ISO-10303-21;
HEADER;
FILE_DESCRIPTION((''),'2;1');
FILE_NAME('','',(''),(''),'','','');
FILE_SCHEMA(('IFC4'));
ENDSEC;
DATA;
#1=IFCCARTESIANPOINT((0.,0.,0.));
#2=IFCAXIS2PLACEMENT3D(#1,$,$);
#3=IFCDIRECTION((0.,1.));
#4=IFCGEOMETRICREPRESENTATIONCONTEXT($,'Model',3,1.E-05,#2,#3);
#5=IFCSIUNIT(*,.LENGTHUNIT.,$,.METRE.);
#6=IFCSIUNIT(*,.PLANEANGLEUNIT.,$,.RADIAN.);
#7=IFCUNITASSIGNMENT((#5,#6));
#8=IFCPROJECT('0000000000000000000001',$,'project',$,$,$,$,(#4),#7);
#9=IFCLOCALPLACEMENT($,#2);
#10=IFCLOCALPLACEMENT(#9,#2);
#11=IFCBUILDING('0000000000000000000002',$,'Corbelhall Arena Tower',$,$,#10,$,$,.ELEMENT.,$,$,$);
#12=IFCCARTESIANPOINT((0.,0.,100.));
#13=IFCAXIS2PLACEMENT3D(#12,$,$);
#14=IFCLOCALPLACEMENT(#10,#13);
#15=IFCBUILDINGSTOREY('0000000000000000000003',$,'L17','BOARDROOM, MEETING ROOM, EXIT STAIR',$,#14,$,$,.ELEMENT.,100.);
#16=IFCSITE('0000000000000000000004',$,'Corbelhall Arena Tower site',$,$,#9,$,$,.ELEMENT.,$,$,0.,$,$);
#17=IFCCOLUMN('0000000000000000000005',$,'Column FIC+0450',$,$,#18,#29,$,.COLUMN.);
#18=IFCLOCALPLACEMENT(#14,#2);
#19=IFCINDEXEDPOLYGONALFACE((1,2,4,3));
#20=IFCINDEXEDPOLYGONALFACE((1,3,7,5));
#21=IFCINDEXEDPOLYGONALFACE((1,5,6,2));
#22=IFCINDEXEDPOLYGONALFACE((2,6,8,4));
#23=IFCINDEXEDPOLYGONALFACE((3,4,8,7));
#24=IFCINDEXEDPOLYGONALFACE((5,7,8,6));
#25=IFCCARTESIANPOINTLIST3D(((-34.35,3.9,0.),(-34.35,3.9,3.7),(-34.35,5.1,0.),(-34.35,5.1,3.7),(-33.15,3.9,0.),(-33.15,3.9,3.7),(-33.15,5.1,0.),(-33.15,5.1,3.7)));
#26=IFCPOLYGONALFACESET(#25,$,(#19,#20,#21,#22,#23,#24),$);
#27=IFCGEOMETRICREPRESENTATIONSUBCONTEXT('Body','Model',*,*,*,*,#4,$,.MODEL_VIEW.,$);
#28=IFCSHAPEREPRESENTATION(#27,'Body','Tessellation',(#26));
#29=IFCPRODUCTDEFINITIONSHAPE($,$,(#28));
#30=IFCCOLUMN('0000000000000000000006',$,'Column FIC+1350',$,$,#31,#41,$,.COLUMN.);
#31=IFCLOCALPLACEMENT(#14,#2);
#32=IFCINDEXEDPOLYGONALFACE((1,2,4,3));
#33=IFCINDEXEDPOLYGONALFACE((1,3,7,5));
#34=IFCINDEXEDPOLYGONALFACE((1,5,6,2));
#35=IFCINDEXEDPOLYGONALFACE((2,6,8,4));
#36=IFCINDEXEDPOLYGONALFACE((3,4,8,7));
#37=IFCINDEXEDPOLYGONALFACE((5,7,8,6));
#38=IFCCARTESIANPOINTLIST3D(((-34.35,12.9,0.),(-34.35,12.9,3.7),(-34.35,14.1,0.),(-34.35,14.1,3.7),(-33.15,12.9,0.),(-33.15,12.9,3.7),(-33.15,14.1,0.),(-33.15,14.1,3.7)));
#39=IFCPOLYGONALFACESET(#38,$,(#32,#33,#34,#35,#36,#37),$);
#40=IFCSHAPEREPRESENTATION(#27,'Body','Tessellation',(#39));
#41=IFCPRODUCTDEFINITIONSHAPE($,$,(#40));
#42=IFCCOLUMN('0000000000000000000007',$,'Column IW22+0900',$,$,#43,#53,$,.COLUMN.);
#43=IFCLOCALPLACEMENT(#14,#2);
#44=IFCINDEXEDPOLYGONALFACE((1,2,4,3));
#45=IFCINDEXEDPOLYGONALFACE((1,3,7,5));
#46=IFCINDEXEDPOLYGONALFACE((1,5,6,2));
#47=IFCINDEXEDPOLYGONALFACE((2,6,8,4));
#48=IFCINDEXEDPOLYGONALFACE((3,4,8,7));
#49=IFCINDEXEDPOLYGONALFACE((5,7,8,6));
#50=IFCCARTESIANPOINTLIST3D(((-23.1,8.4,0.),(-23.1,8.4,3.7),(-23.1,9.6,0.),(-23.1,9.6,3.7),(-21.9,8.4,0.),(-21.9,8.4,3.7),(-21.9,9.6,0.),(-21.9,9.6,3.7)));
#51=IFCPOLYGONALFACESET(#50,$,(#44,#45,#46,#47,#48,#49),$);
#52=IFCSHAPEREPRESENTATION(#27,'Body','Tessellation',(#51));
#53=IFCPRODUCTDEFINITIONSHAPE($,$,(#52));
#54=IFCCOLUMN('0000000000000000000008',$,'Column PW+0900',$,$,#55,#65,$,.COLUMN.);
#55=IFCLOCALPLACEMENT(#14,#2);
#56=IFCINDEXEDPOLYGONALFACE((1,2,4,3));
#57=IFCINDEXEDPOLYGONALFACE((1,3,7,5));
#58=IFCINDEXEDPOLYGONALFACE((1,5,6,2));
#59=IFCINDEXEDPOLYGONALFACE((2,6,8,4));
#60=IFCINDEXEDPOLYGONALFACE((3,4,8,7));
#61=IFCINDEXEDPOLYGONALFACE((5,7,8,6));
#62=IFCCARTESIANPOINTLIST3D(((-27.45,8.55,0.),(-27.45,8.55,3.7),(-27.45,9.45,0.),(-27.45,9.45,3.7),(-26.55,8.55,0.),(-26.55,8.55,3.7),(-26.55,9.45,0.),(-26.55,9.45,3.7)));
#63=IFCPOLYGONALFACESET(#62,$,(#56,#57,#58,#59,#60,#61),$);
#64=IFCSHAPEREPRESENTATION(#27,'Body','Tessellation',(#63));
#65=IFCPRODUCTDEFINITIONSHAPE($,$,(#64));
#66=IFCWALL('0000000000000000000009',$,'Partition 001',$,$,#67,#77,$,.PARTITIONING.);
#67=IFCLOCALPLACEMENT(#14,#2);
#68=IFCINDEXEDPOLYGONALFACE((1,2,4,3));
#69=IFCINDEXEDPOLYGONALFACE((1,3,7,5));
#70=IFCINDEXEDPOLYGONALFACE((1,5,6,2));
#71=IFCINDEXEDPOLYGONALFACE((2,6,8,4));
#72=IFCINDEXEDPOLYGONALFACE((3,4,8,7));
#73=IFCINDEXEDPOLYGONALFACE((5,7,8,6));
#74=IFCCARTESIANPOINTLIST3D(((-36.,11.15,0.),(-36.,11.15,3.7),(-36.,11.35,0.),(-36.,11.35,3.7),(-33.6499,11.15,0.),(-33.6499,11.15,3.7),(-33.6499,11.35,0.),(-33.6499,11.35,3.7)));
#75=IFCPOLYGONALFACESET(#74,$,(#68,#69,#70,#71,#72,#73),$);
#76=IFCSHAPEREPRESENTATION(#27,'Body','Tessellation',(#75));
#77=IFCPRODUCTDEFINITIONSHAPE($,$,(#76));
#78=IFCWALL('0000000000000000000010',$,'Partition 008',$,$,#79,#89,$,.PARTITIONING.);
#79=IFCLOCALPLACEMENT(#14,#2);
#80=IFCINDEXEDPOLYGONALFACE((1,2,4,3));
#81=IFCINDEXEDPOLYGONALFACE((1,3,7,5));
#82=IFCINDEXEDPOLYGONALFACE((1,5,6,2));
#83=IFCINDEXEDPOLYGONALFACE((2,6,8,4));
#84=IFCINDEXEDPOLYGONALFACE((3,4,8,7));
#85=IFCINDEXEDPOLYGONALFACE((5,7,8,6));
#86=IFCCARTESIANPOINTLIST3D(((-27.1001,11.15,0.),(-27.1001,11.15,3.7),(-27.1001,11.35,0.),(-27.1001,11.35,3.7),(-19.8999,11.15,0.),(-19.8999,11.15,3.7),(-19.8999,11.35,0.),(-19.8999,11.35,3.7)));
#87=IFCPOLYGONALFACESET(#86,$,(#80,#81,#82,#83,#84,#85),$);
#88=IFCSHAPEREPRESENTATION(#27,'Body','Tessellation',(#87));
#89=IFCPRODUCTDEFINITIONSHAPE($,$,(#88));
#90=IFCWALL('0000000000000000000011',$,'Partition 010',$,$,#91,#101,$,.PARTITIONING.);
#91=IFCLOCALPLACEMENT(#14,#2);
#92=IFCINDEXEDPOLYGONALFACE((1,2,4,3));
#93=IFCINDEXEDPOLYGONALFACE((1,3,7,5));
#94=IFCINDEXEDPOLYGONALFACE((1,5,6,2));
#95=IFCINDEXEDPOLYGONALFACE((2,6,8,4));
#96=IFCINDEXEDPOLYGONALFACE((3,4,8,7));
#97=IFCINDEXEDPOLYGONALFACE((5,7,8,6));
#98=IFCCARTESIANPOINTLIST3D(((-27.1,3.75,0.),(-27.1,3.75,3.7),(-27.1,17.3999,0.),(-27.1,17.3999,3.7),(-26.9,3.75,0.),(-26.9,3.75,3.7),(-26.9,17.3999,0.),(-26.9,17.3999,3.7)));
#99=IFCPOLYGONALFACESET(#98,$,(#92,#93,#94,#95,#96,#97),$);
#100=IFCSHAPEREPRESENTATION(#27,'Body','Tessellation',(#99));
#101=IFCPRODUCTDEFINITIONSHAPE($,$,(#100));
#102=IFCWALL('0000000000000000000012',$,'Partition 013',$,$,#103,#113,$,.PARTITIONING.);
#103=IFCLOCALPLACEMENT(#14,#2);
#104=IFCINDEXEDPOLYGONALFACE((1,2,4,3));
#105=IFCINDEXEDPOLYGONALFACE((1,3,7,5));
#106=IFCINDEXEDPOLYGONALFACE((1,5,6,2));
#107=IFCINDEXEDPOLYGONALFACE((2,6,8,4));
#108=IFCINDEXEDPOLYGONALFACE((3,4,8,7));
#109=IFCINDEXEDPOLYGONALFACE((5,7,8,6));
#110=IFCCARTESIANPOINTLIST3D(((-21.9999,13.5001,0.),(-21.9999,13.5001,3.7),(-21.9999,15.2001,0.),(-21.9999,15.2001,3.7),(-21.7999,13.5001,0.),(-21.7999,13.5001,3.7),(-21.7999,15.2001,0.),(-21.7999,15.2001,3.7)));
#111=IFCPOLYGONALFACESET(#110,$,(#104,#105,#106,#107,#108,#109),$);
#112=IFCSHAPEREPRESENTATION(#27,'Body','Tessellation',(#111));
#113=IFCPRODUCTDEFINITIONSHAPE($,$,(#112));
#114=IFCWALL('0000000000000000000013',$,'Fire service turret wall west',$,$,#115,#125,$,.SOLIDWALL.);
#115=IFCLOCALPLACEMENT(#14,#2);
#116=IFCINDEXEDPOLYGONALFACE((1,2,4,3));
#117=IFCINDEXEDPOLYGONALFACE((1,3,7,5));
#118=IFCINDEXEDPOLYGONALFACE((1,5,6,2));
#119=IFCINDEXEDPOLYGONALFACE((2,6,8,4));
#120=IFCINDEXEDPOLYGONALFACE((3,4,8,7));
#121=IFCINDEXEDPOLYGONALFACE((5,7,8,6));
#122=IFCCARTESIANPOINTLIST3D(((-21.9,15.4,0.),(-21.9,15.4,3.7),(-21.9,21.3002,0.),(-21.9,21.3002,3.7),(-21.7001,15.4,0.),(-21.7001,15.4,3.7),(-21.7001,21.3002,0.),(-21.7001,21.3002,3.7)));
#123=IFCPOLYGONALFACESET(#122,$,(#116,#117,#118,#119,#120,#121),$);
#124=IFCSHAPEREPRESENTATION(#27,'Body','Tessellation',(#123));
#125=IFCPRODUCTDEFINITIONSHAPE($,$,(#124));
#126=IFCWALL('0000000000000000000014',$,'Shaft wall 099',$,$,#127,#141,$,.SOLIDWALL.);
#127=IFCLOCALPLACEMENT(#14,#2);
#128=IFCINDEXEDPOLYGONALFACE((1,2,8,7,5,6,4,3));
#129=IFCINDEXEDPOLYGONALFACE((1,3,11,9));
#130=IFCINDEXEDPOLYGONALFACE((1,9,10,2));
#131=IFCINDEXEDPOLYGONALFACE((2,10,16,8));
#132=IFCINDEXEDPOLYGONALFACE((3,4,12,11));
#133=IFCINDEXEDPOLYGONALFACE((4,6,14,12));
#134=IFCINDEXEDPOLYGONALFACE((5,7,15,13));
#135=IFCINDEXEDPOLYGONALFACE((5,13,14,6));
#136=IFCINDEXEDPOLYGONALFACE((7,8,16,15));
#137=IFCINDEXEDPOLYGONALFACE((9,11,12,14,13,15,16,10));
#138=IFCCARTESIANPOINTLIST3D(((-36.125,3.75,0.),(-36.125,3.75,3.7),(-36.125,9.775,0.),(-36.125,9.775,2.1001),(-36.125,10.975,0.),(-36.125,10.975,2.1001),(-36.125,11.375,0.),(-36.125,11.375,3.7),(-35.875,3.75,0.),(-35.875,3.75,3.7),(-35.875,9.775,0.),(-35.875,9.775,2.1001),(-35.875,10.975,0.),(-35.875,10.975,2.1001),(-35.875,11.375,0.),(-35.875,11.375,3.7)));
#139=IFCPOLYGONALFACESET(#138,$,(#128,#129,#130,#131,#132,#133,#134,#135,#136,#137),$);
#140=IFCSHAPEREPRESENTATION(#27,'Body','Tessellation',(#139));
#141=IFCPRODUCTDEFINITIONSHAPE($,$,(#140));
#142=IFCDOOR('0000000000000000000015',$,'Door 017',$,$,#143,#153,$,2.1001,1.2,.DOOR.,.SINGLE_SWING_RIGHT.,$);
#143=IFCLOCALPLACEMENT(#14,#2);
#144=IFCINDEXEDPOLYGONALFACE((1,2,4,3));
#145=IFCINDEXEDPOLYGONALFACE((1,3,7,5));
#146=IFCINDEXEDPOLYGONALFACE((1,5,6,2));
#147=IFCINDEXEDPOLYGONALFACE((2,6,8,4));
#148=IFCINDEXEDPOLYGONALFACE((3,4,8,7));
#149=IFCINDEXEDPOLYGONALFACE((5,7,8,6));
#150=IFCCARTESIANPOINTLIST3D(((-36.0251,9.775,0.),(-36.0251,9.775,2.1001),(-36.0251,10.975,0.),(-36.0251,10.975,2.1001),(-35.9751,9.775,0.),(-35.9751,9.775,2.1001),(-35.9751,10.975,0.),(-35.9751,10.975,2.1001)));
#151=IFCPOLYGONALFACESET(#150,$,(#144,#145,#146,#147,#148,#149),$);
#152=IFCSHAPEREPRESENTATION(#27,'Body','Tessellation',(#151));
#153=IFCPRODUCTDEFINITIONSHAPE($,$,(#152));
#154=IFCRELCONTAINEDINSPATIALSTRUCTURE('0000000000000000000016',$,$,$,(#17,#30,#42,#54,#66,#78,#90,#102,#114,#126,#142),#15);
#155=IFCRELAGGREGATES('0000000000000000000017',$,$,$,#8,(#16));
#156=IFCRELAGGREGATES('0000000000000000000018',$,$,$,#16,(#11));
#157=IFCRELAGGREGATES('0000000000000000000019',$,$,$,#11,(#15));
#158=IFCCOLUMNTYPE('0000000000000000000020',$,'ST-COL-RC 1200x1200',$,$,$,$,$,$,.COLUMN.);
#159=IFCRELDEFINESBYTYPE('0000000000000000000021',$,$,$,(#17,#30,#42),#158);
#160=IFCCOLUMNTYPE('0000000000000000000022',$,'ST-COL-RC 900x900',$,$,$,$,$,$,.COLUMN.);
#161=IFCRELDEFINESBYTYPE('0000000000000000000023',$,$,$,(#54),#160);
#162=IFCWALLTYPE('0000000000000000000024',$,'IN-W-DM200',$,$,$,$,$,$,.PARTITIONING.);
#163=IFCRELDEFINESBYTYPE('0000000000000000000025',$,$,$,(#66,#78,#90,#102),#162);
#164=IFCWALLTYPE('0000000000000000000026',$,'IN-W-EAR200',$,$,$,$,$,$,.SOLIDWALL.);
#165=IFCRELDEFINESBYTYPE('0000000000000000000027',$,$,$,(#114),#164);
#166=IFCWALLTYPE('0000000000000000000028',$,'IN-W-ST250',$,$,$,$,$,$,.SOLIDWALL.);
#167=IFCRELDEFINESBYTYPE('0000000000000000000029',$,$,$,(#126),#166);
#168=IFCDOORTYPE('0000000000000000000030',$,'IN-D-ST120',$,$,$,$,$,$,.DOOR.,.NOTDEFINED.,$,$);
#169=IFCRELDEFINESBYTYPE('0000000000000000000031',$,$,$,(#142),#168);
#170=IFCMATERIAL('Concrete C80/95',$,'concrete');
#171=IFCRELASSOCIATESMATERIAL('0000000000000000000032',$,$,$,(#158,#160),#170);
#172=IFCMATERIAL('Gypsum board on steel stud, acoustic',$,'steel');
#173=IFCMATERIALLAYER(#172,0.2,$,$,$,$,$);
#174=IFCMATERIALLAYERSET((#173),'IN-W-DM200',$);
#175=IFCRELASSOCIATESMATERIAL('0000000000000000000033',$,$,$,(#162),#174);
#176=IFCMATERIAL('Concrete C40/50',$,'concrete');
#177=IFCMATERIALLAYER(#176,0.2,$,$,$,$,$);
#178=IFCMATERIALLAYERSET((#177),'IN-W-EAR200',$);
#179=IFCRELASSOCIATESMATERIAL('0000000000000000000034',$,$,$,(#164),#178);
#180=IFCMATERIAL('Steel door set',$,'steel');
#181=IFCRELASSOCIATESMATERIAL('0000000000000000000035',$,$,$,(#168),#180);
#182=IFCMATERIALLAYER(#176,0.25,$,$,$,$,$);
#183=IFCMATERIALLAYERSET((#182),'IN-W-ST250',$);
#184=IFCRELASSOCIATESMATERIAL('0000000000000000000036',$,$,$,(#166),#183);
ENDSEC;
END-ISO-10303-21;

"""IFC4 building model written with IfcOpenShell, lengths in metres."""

from ifc_helpers import new_model, si_unit, direction, frame, frame_2d, origin, origin_2d, place, context, subcontext, project, spatial, rectangle, extrude, material, layer, layer_set, material_profile, profile_set, type_object, element, fill, save


model = new_model("IFC4")

# Units and contexts
model_context = context("Model", 3, precision=1e-05, world=origin(), true_north=direction((0.0, 1.0)))
body_context = subcontext(model_context, "Body", "Model", "MODEL_VIEW")
ifc_project = project(units=[si_unit("LENGTHUNIT", "METRE"), si_unit("PLANEANGLEUNIT", "RADIAN")], contexts=[model_context])

# Site, building, storey
site_placement = place(None, origin())
site = spatial("IfcSite", under=ifc_project, at=site_placement, Name="Corbelhall Arena Tower site", CompositionType="ELEMENT", RefElevation=0.0)
building_placement = place(site_placement, origin())
building = spatial("IfcBuilding", under=site, at=building_placement, Name="Corbelhall Arena Tower", CompositionType="ELEMENT")
storey_placement = place(building_placement, frame((0.0, 0.0, 100.0)))
storey = spatial("IfcBuildingStorey", under=building, at=storey_placement, Name="L17", Description="BOARDROOM, MEETING ROOM, EXIT STAIR", CompositionType="ELEMENT", Elevation=100.0)

# Columns
ifc_material_1 = material(Name="Concrete C80/95", Category="concrete")
ifc_material_profile_1 = material_profile(ifc_material_1, rectangle(XDim=1.2, YDim=1.2, at=origin_2d()))
ifc_profile_set_1 = profile_set([ifc_material_profile_1], Name="Concrete C80/95")
column_type_1 = type_object("IfcColumnType", Name="ST-COL-RC 1200x1200", PredefinedType="COLUMN", material=ifc_profile_set_1)
for number, where, z_axis, x_axis, name in (
    (1, (-33.75, 4.5, 0.0), (0.0, 0.0, 1.0), (1.0, 0.0, 0.0), "Column FIC+0450"),
    (2, (-33.75, 13.5, 0.0), (0.0, 0.0, 1.0), (1.0, 0.0, 0.0), "Column FIC+1350"),
    (3, (-22.5, 9.0, 0.0), (0.0, 0.0, 1.0), (1.0, 0.0, 0.0), "Column IW22+0900"),
):
    element("IfcColumn", number, at=place(storey_placement, frame(where, z_axis=z_axis, x_axis=x_axis)), inside=storey, type_object=column_type_1, Name=name, PredefinedType="COLUMN", context=body_context, shape_type="SweptSolid", body=[
        extrude(rectangle(XDim=1.2, YDim=1.2, at=origin_2d()), origin(), (0.0, 0.0, 1.0), 3.7),
    ])
ifc_material_profile_2 = material_profile(ifc_material_1, rectangle(XDim=0.8999, YDim=0.8999, at=origin_2d()))
ifc_profile_set_2 = profile_set([ifc_material_profile_2], Name="Concrete C80/95")
column_type_2 = type_object("IfcColumnType", Name="ST-COL-RC 900x900", PredefinedType="COLUMN", material=ifc_profile_set_2)
column_placement = place(storey_placement, frame((-27.0, 9.0, 0.0), z_axis=(0.0, 0.0, 1.0), x_axis=(1.0, 0.0, 0.0)))
element("IfcColumn", 4, at=column_placement, inside=storey, type_object=column_type_2, Name="Column PW+0900", PredefinedType="COLUMN", context=body_context, shape_type="SweptSolid", body=[
    extrude(rectangle(XDim=0.8999, YDim=0.8999, at=origin_2d()), origin(), (0.0, 0.0, 1.0), 3.7),
])

# Wall
ifc_material_2 = material(Name="Gypsum board on steel stud, acoustic", Category="steel")
ifc_layer_1 = layer(ifc_material_2, 0.2)
ifc_layer_set_1 = layer_set([ifc_layer_1], Name="IN-W-DM200")
wall_type_1 = type_object("IfcWallType", Name="IN-W-DM200", PredefinedType="PARTITIONING", material=ifc_layer_set_1)
wall_1_placement = place(storey_placement, frame((-36.0, 11.25, 0.0), z_axis=(0.0, 0.0, 1.0), x_axis=(1.0, 0.0, 0.0)))
element("IfcWall", 5, at=wall_1_placement, inside=storey, type_object=wall_type_1, Name="Partition 001", PredefinedType="PARTITIONING", context=body_context, shape_type="SweptSolid", body=[
    extrude(rectangle(XDim=2.3501, YDim=0.2, at=frame_2d((1.175, 0.0))), origin(), (0.0, 0.0, 1.0), 3.7),
])

# Shared definitions
ifc_material_3 = material(Name="Steel door set", Category="steel")

# Walls
wall_2_placement = place(storey_placement, frame((-27.1001, 11.25, 0.0), z_axis=(0.0, 0.0, 1.0), x_axis=(1.0, 0.0, 0.0)))
element("IfcWall", 6, at=wall_2_placement, inside=storey, type_object=wall_type_1, Name="Partition 008", PredefinedType="PARTITIONING", context=body_context, shape_type="SweptSolid", body=[
    extrude(rectangle(XDim=7.2002, YDim=0.2, at=frame_2d((3.6001, 0.0))), origin(), (0.0, 0.0, 1.0), 3.7),
])
wall_3_placement = place(storey_placement, frame((-27.0, 3.75, 0.0), z_axis=(0.0, 0.0, 1.0), x_axis=(0.0, 1.0, 0.0)))
element("IfcWall", 7, at=wall_3_placement, inside=storey, type_object=wall_type_1, Name="Partition 010", PredefinedType="PARTITIONING", context=body_context, shape_type="SweptSolid", body=[
    extrude(rectangle(XDim=13.6499, YDim=0.2, at=frame_2d((6.825, 0.0))), origin(), (0.0, 0.0, 1.0), 3.7),
])
wall_4_placement = place(storey_placement, frame((-21.8999, 13.5, 0.0), z_axis=(0.0, 0.0, 1.0), x_axis=(0.0, 1.0, 0.0)))
element("IfcWall", 8, at=wall_4_placement, inside=storey, type_object=wall_type_1, Name="Partition 013", PredefinedType="PARTITIONING", context=body_context, shape_type="SweptSolid", body=[
    extrude(rectangle(XDim=1.7, YDim=0.2, at=frame_2d((0.8501, 0.0))), origin(), (0.0, 0.0, 1.0), 3.7),
])

# Shared definitions
ifc_material_4 = material(Name="Concrete C40/50", Category="concrete")
ifc_layer_2 = layer(ifc_material_4, 0.2)
ifc_layer_set_2 = layer_set([ifc_layer_2], Name="IN-W-EAR200")
wall_type_2 = type_object("IfcWallType", Name="IN-W-EAR200", PredefinedType="SOLIDWALL", material=ifc_layer_set_2)
door_type_1 = type_object("IfcDoorType", Name="IN-D-ST120", OperationType="NOTDEFINED", PredefinedType="DOOR", material=ifc_material_3)

# Wall
wall_5_placement = place(storey_placement, frame((-21.8, 15.3999, 0.0), z_axis=(0.0, 0.0, 1.0), x_axis=(0.0, 1.0, 0.0)))
element("IfcWall", 9, at=wall_5_placement, inside=storey, type_object=wall_type_2, Name="Fire service turret wall west", PredefinedType="SOLIDWALL", context=body_context, shape_type="SweptSolid", body=[
    extrude(rectangle(XDim=5.9001, YDim=0.2, at=frame_2d((2.9502, 0.0))), origin(), (0.0, 0.0, 1.0), 3.7),
])

# Wall, opening, door
ifc_layer_3 = layer(ifc_material_4, 0.25)
ifc_layer_set_3 = layer_set([ifc_layer_3], Name="IN-W-ST250")
wall_type_3 = type_object("IfcWallType", Name="IN-W-ST250", PredefinedType="SOLIDWALL", material=ifc_layer_set_3)
wall_6_placement = place(storey_placement, frame((-36.0, 11.375, 0.0), z_axis=(0.0, 0.0, 1.0), x_axis=(0.0, -1.0, 0.0)))
wall_6 = element("IfcWall", 10, at=wall_6_placement, inside=storey, type_object=wall_type_3, Name="Shaft wall 099", PredefinedType="SOLIDWALL", context=body_context, shape_type="SweptSolid", body=[
    extrude(rectangle(XDim=7.625, YDim=0.25, at=frame_2d((3.8125, 0.0))), origin(), (0.0, 0.0, 1.0), 3.7),
])
opening_1_placement = place(wall_6_placement, frame((0.3999, 0.0, 0.0)))
opening_1 = element("IfcOpeningElement", 11, at=opening_1_placement, cuts=wall_6, PredefinedType="OPENING", context=body_context, shape_type="SweptSolid", body=[
    extrude(rectangle(XDim=1.2, YDim=2.1001, at=frame_2d((0.6001, 1.05))), frame((0.0, 0.125, 0.0), z_axis=(0.0, -1.0, 0.0), x_axis=(1.0, 0.0, 0.0)), (0.0, 0.0, 1.0), 0.25),
])
door_1_placement = place(opening_1_placement, origin())
door_1 = element("IfcDoor", 12, at=door_1_placement, inside=storey, type_object=door_type_1, Name="Door 017", OperationType="SINGLE_SWING_RIGHT", OverallHeight=2.1001, OverallWidth=1.2, PredefinedType="DOOR", context=body_context, shape_type="SweptSolid", body=[
    extrude(rectangle(XDim=1.2, YDim=2.1001, at=frame_2d((0.6001, 1.05))), frame((0.0, 0.0249, 0.0), z_axis=(0.0, -1.0, 0.0), x_axis=(1.0, 0.0, 0.0)), (0.0, 0.0, 1.0), 0.05),
])
fill(opening_1, door_1)

save(model, "model.ifc")
